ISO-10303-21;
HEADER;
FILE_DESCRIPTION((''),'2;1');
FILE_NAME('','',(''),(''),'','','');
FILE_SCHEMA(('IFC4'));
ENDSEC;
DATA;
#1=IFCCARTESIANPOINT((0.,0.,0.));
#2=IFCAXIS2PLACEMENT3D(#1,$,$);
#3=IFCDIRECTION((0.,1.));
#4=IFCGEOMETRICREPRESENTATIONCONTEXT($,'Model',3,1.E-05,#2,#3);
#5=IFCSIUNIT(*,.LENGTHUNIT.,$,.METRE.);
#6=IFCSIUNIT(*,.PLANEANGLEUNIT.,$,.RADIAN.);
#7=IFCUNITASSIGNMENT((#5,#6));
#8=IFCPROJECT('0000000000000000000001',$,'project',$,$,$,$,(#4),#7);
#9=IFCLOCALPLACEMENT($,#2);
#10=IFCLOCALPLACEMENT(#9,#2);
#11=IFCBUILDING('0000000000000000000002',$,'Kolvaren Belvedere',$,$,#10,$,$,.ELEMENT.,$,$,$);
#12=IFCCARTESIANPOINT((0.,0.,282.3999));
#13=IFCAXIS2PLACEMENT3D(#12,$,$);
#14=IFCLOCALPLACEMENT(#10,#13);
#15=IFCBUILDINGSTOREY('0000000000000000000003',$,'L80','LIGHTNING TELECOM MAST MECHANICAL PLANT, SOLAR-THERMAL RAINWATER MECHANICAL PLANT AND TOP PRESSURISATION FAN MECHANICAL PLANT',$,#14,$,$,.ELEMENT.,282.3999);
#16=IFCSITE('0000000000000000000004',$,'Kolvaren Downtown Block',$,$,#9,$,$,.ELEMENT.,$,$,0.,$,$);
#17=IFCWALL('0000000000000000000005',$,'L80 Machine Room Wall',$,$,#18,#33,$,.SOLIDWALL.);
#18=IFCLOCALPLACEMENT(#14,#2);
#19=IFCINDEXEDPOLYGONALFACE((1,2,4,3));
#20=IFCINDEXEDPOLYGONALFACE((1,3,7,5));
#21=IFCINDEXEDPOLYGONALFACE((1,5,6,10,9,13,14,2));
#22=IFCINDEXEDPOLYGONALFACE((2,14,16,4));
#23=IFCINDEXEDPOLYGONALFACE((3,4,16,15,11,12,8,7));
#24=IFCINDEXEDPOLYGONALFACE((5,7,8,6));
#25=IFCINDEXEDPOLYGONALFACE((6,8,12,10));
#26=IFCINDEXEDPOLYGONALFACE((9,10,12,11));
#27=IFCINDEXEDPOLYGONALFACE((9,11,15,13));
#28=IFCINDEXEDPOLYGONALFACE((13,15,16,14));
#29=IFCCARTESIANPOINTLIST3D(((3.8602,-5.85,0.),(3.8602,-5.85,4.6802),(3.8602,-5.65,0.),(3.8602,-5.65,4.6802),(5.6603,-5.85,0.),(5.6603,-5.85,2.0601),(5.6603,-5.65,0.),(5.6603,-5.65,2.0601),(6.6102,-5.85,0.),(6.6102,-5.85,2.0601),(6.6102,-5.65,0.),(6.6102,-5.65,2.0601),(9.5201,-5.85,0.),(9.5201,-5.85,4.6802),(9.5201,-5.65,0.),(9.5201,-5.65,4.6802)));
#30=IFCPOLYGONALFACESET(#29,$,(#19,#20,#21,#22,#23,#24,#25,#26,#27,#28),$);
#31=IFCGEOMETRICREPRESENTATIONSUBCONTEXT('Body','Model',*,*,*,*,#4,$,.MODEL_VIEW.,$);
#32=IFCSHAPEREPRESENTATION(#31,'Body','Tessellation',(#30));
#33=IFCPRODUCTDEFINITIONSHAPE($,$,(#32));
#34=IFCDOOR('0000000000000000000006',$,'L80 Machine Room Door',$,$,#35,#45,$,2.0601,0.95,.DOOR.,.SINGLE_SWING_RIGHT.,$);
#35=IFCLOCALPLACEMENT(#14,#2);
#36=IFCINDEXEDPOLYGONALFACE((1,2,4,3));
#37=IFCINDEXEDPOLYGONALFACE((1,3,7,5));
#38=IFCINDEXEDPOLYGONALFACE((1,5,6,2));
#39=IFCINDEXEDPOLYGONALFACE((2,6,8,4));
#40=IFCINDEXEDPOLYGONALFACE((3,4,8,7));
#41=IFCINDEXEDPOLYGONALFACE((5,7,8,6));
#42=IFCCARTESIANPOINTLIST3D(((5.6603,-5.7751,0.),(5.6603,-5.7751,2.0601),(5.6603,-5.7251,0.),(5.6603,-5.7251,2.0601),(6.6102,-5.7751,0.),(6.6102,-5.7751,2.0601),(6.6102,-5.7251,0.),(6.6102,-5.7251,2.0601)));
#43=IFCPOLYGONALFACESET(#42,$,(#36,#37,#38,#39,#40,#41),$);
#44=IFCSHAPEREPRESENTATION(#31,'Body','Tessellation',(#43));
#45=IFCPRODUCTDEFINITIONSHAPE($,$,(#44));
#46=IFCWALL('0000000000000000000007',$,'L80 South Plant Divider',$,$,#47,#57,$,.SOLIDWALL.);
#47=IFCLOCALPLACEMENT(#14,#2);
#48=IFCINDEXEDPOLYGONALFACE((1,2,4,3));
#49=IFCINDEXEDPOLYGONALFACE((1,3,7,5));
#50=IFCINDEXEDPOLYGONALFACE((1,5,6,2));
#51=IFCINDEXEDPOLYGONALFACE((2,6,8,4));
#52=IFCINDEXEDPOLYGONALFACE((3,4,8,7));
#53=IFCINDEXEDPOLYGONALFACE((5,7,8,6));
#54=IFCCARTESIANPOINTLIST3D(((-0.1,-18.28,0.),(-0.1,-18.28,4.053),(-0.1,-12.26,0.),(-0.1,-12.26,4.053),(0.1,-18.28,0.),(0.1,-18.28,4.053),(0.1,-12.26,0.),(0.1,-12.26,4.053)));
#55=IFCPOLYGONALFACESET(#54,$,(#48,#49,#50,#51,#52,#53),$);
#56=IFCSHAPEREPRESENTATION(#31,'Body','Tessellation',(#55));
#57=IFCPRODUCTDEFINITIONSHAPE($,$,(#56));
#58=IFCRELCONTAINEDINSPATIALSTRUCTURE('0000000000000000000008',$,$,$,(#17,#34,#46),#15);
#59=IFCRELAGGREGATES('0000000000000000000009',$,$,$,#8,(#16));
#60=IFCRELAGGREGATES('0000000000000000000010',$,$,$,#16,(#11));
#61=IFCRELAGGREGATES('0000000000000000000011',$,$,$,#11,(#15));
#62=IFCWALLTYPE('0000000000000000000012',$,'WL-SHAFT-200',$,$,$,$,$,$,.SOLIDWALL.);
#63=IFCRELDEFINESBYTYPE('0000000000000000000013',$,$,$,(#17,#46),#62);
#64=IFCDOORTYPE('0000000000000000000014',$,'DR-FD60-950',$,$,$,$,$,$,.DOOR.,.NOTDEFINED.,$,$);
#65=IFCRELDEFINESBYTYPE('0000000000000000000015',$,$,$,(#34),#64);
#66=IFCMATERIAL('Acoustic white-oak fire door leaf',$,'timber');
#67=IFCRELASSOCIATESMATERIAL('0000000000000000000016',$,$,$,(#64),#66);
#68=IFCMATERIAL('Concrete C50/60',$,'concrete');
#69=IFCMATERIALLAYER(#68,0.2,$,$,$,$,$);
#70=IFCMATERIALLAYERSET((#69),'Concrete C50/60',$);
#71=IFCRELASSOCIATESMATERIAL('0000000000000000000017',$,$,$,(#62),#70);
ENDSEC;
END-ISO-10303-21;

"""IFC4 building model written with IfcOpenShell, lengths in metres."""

from ifc_helpers import new_model, si_unit, direction, frame, frame_2d, origin, place, context, subcontext, project, spatial, rectangle, extrude, material, layer, layer_set, type_object, element, fill, save


model = new_model("IFC4")

# Units and contexts
model_context = context("Model", 3, precision=1e-05, world=origin(), true_north=direction((0.0, 1.0)))
body_context = subcontext(model_context, "Body", "Model", "MODEL_VIEW")
ifc_project = project(units=[si_unit("LENGTHUNIT", "METRE"), si_unit("PLANEANGLEUNIT", "RADIAN")], contexts=[model_context])

# Site, building, storey
site_placement = place(None, origin())
site = spatial("IfcSite", under=ifc_project, at=site_placement, Name="Kolvaren Downtown Block", CompositionType="ELEMENT", RefElevation=0.0)
building_placement = place(site_placement, origin())
building = spatial("IfcBuilding", under=site, at=building_placement, Name="Kolvaren Belvedere", CompositionType="ELEMENT")
storey_placement = place(building_placement, frame((0.0, 0.0, 282.3999)))
storey = spatial("IfcBuildingStorey", under=building, at=storey_placement, Name="L80", Description="LIGHTNING TELECOM MAST MECHANICAL PLANT, SOLAR-THERMAL RAINWATER MECHANICAL PLANT AND TOP PRESSURISATION FAN MECHANICAL PLANT", CompositionType="ELEMENT", Elevation=282.3999)

# Shared definitions
ifc_material_1 = material(Name="Acoustic white-oak fire door leaf", Category="timber")
door_type_1 = type_object("IfcDoorType", Name="DR-FD60-950", OperationType="NOTDEFINED", PredefinedType="DOOR", material=ifc_material_1)
ifc_material_2 = material(Name="Concrete C50/60", Category="concrete")
ifc_layer_1 = layer(ifc_material_2, 0.2)
ifc_layer_set_1 = layer_set([ifc_layer_1], Name="Concrete C50/60")
wall_type_1 = type_object("IfcWallType", Name="WL-SHAFT-200", PredefinedType="SOLIDWALL", material=ifc_layer_set_1)

# Wall, opening, door
wall_1_placement = place(storey_placement, frame((3.8601, -5.75, 0.0), z_axis=(0.0, 0.0, 1.0), x_axis=(1.0, 0.0, 0.0)))
wall_1 = element("IfcWall", 1, at=wall_1_placement, inside=storey, type_object=wall_type_1, Name="L80 Machine Room Wall", PredefinedType="SOLIDWALL", context=body_context, shape_type="SweptSolid", body=[
    extrude(rectangle(XDim=5.6599, YDim=0.2, at=frame_2d((2.8301, 0.0))), origin(), (0.0, 0.0, 1.0), 4.6802),
])
opening_1_placement = place(wall_1_placement, frame((1.8, 0.0, 0.0)))
opening_1 = element("IfcOpeningElement", 2, at=opening_1_placement, cuts=wall_1, PredefinedType="OPENING", context=body_context, shape_type="SweptSolid", body=[
    extrude(rectangle(XDim=0.95, YDim=2.0601, at=frame_2d((0.4751, 1.03))), frame((0.0, 0.1099, 0.0), z_axis=(0.0, -1.0, 0.0), x_axis=(1.0, 0.0, 0.0)), (0.0, 0.0, 1.0), 0.22),
])
door_1_placement = place(opening_1_placement, origin())
door_1 = element("IfcDoor", 3, at=door_1_placement, inside=storey, type_object=door_type_1, Name="L80 Machine Room Door", OperationType="SINGLE_SWING_RIGHT", OverallHeight=2.0601, OverallWidth=0.95, PredefinedType="DOOR", context=body_context, shape_type="SweptSolid", body=[
    extrude(rectangle(XDim=0.95, YDim=2.0601, at=frame_2d((0.4751, 1.03))), frame((0.0, 0.0249, 0.0), z_axis=(0.0, -1.0, 0.0), x_axis=(1.0, 0.0, 0.0)), (0.0, 0.0, 1.0), 0.05),
])
fill(opening_1, door_1)

# Wall
wall_2_placement = place(storey_placement, frame((0.0, -18.28, 0.0), z_axis=(0.0, 0.0, 1.0), x_axis=(0.0, 1.0, 0.0)))
element("IfcWall", 4, at=wall_2_placement, inside=storey, type_object=wall_type_1, Name="L80 South Plant Divider", PredefinedType="SOLIDWALL", context=body_context, shape_type="SweptSolid", body=[
    extrude(rectangle(XDim=6.02, YDim=0.2, at=frame_2d((3.01, 0.0))), origin(), (0.0, 0.0, 1.0), 4.053),
])

save(model, "model.ifc")
